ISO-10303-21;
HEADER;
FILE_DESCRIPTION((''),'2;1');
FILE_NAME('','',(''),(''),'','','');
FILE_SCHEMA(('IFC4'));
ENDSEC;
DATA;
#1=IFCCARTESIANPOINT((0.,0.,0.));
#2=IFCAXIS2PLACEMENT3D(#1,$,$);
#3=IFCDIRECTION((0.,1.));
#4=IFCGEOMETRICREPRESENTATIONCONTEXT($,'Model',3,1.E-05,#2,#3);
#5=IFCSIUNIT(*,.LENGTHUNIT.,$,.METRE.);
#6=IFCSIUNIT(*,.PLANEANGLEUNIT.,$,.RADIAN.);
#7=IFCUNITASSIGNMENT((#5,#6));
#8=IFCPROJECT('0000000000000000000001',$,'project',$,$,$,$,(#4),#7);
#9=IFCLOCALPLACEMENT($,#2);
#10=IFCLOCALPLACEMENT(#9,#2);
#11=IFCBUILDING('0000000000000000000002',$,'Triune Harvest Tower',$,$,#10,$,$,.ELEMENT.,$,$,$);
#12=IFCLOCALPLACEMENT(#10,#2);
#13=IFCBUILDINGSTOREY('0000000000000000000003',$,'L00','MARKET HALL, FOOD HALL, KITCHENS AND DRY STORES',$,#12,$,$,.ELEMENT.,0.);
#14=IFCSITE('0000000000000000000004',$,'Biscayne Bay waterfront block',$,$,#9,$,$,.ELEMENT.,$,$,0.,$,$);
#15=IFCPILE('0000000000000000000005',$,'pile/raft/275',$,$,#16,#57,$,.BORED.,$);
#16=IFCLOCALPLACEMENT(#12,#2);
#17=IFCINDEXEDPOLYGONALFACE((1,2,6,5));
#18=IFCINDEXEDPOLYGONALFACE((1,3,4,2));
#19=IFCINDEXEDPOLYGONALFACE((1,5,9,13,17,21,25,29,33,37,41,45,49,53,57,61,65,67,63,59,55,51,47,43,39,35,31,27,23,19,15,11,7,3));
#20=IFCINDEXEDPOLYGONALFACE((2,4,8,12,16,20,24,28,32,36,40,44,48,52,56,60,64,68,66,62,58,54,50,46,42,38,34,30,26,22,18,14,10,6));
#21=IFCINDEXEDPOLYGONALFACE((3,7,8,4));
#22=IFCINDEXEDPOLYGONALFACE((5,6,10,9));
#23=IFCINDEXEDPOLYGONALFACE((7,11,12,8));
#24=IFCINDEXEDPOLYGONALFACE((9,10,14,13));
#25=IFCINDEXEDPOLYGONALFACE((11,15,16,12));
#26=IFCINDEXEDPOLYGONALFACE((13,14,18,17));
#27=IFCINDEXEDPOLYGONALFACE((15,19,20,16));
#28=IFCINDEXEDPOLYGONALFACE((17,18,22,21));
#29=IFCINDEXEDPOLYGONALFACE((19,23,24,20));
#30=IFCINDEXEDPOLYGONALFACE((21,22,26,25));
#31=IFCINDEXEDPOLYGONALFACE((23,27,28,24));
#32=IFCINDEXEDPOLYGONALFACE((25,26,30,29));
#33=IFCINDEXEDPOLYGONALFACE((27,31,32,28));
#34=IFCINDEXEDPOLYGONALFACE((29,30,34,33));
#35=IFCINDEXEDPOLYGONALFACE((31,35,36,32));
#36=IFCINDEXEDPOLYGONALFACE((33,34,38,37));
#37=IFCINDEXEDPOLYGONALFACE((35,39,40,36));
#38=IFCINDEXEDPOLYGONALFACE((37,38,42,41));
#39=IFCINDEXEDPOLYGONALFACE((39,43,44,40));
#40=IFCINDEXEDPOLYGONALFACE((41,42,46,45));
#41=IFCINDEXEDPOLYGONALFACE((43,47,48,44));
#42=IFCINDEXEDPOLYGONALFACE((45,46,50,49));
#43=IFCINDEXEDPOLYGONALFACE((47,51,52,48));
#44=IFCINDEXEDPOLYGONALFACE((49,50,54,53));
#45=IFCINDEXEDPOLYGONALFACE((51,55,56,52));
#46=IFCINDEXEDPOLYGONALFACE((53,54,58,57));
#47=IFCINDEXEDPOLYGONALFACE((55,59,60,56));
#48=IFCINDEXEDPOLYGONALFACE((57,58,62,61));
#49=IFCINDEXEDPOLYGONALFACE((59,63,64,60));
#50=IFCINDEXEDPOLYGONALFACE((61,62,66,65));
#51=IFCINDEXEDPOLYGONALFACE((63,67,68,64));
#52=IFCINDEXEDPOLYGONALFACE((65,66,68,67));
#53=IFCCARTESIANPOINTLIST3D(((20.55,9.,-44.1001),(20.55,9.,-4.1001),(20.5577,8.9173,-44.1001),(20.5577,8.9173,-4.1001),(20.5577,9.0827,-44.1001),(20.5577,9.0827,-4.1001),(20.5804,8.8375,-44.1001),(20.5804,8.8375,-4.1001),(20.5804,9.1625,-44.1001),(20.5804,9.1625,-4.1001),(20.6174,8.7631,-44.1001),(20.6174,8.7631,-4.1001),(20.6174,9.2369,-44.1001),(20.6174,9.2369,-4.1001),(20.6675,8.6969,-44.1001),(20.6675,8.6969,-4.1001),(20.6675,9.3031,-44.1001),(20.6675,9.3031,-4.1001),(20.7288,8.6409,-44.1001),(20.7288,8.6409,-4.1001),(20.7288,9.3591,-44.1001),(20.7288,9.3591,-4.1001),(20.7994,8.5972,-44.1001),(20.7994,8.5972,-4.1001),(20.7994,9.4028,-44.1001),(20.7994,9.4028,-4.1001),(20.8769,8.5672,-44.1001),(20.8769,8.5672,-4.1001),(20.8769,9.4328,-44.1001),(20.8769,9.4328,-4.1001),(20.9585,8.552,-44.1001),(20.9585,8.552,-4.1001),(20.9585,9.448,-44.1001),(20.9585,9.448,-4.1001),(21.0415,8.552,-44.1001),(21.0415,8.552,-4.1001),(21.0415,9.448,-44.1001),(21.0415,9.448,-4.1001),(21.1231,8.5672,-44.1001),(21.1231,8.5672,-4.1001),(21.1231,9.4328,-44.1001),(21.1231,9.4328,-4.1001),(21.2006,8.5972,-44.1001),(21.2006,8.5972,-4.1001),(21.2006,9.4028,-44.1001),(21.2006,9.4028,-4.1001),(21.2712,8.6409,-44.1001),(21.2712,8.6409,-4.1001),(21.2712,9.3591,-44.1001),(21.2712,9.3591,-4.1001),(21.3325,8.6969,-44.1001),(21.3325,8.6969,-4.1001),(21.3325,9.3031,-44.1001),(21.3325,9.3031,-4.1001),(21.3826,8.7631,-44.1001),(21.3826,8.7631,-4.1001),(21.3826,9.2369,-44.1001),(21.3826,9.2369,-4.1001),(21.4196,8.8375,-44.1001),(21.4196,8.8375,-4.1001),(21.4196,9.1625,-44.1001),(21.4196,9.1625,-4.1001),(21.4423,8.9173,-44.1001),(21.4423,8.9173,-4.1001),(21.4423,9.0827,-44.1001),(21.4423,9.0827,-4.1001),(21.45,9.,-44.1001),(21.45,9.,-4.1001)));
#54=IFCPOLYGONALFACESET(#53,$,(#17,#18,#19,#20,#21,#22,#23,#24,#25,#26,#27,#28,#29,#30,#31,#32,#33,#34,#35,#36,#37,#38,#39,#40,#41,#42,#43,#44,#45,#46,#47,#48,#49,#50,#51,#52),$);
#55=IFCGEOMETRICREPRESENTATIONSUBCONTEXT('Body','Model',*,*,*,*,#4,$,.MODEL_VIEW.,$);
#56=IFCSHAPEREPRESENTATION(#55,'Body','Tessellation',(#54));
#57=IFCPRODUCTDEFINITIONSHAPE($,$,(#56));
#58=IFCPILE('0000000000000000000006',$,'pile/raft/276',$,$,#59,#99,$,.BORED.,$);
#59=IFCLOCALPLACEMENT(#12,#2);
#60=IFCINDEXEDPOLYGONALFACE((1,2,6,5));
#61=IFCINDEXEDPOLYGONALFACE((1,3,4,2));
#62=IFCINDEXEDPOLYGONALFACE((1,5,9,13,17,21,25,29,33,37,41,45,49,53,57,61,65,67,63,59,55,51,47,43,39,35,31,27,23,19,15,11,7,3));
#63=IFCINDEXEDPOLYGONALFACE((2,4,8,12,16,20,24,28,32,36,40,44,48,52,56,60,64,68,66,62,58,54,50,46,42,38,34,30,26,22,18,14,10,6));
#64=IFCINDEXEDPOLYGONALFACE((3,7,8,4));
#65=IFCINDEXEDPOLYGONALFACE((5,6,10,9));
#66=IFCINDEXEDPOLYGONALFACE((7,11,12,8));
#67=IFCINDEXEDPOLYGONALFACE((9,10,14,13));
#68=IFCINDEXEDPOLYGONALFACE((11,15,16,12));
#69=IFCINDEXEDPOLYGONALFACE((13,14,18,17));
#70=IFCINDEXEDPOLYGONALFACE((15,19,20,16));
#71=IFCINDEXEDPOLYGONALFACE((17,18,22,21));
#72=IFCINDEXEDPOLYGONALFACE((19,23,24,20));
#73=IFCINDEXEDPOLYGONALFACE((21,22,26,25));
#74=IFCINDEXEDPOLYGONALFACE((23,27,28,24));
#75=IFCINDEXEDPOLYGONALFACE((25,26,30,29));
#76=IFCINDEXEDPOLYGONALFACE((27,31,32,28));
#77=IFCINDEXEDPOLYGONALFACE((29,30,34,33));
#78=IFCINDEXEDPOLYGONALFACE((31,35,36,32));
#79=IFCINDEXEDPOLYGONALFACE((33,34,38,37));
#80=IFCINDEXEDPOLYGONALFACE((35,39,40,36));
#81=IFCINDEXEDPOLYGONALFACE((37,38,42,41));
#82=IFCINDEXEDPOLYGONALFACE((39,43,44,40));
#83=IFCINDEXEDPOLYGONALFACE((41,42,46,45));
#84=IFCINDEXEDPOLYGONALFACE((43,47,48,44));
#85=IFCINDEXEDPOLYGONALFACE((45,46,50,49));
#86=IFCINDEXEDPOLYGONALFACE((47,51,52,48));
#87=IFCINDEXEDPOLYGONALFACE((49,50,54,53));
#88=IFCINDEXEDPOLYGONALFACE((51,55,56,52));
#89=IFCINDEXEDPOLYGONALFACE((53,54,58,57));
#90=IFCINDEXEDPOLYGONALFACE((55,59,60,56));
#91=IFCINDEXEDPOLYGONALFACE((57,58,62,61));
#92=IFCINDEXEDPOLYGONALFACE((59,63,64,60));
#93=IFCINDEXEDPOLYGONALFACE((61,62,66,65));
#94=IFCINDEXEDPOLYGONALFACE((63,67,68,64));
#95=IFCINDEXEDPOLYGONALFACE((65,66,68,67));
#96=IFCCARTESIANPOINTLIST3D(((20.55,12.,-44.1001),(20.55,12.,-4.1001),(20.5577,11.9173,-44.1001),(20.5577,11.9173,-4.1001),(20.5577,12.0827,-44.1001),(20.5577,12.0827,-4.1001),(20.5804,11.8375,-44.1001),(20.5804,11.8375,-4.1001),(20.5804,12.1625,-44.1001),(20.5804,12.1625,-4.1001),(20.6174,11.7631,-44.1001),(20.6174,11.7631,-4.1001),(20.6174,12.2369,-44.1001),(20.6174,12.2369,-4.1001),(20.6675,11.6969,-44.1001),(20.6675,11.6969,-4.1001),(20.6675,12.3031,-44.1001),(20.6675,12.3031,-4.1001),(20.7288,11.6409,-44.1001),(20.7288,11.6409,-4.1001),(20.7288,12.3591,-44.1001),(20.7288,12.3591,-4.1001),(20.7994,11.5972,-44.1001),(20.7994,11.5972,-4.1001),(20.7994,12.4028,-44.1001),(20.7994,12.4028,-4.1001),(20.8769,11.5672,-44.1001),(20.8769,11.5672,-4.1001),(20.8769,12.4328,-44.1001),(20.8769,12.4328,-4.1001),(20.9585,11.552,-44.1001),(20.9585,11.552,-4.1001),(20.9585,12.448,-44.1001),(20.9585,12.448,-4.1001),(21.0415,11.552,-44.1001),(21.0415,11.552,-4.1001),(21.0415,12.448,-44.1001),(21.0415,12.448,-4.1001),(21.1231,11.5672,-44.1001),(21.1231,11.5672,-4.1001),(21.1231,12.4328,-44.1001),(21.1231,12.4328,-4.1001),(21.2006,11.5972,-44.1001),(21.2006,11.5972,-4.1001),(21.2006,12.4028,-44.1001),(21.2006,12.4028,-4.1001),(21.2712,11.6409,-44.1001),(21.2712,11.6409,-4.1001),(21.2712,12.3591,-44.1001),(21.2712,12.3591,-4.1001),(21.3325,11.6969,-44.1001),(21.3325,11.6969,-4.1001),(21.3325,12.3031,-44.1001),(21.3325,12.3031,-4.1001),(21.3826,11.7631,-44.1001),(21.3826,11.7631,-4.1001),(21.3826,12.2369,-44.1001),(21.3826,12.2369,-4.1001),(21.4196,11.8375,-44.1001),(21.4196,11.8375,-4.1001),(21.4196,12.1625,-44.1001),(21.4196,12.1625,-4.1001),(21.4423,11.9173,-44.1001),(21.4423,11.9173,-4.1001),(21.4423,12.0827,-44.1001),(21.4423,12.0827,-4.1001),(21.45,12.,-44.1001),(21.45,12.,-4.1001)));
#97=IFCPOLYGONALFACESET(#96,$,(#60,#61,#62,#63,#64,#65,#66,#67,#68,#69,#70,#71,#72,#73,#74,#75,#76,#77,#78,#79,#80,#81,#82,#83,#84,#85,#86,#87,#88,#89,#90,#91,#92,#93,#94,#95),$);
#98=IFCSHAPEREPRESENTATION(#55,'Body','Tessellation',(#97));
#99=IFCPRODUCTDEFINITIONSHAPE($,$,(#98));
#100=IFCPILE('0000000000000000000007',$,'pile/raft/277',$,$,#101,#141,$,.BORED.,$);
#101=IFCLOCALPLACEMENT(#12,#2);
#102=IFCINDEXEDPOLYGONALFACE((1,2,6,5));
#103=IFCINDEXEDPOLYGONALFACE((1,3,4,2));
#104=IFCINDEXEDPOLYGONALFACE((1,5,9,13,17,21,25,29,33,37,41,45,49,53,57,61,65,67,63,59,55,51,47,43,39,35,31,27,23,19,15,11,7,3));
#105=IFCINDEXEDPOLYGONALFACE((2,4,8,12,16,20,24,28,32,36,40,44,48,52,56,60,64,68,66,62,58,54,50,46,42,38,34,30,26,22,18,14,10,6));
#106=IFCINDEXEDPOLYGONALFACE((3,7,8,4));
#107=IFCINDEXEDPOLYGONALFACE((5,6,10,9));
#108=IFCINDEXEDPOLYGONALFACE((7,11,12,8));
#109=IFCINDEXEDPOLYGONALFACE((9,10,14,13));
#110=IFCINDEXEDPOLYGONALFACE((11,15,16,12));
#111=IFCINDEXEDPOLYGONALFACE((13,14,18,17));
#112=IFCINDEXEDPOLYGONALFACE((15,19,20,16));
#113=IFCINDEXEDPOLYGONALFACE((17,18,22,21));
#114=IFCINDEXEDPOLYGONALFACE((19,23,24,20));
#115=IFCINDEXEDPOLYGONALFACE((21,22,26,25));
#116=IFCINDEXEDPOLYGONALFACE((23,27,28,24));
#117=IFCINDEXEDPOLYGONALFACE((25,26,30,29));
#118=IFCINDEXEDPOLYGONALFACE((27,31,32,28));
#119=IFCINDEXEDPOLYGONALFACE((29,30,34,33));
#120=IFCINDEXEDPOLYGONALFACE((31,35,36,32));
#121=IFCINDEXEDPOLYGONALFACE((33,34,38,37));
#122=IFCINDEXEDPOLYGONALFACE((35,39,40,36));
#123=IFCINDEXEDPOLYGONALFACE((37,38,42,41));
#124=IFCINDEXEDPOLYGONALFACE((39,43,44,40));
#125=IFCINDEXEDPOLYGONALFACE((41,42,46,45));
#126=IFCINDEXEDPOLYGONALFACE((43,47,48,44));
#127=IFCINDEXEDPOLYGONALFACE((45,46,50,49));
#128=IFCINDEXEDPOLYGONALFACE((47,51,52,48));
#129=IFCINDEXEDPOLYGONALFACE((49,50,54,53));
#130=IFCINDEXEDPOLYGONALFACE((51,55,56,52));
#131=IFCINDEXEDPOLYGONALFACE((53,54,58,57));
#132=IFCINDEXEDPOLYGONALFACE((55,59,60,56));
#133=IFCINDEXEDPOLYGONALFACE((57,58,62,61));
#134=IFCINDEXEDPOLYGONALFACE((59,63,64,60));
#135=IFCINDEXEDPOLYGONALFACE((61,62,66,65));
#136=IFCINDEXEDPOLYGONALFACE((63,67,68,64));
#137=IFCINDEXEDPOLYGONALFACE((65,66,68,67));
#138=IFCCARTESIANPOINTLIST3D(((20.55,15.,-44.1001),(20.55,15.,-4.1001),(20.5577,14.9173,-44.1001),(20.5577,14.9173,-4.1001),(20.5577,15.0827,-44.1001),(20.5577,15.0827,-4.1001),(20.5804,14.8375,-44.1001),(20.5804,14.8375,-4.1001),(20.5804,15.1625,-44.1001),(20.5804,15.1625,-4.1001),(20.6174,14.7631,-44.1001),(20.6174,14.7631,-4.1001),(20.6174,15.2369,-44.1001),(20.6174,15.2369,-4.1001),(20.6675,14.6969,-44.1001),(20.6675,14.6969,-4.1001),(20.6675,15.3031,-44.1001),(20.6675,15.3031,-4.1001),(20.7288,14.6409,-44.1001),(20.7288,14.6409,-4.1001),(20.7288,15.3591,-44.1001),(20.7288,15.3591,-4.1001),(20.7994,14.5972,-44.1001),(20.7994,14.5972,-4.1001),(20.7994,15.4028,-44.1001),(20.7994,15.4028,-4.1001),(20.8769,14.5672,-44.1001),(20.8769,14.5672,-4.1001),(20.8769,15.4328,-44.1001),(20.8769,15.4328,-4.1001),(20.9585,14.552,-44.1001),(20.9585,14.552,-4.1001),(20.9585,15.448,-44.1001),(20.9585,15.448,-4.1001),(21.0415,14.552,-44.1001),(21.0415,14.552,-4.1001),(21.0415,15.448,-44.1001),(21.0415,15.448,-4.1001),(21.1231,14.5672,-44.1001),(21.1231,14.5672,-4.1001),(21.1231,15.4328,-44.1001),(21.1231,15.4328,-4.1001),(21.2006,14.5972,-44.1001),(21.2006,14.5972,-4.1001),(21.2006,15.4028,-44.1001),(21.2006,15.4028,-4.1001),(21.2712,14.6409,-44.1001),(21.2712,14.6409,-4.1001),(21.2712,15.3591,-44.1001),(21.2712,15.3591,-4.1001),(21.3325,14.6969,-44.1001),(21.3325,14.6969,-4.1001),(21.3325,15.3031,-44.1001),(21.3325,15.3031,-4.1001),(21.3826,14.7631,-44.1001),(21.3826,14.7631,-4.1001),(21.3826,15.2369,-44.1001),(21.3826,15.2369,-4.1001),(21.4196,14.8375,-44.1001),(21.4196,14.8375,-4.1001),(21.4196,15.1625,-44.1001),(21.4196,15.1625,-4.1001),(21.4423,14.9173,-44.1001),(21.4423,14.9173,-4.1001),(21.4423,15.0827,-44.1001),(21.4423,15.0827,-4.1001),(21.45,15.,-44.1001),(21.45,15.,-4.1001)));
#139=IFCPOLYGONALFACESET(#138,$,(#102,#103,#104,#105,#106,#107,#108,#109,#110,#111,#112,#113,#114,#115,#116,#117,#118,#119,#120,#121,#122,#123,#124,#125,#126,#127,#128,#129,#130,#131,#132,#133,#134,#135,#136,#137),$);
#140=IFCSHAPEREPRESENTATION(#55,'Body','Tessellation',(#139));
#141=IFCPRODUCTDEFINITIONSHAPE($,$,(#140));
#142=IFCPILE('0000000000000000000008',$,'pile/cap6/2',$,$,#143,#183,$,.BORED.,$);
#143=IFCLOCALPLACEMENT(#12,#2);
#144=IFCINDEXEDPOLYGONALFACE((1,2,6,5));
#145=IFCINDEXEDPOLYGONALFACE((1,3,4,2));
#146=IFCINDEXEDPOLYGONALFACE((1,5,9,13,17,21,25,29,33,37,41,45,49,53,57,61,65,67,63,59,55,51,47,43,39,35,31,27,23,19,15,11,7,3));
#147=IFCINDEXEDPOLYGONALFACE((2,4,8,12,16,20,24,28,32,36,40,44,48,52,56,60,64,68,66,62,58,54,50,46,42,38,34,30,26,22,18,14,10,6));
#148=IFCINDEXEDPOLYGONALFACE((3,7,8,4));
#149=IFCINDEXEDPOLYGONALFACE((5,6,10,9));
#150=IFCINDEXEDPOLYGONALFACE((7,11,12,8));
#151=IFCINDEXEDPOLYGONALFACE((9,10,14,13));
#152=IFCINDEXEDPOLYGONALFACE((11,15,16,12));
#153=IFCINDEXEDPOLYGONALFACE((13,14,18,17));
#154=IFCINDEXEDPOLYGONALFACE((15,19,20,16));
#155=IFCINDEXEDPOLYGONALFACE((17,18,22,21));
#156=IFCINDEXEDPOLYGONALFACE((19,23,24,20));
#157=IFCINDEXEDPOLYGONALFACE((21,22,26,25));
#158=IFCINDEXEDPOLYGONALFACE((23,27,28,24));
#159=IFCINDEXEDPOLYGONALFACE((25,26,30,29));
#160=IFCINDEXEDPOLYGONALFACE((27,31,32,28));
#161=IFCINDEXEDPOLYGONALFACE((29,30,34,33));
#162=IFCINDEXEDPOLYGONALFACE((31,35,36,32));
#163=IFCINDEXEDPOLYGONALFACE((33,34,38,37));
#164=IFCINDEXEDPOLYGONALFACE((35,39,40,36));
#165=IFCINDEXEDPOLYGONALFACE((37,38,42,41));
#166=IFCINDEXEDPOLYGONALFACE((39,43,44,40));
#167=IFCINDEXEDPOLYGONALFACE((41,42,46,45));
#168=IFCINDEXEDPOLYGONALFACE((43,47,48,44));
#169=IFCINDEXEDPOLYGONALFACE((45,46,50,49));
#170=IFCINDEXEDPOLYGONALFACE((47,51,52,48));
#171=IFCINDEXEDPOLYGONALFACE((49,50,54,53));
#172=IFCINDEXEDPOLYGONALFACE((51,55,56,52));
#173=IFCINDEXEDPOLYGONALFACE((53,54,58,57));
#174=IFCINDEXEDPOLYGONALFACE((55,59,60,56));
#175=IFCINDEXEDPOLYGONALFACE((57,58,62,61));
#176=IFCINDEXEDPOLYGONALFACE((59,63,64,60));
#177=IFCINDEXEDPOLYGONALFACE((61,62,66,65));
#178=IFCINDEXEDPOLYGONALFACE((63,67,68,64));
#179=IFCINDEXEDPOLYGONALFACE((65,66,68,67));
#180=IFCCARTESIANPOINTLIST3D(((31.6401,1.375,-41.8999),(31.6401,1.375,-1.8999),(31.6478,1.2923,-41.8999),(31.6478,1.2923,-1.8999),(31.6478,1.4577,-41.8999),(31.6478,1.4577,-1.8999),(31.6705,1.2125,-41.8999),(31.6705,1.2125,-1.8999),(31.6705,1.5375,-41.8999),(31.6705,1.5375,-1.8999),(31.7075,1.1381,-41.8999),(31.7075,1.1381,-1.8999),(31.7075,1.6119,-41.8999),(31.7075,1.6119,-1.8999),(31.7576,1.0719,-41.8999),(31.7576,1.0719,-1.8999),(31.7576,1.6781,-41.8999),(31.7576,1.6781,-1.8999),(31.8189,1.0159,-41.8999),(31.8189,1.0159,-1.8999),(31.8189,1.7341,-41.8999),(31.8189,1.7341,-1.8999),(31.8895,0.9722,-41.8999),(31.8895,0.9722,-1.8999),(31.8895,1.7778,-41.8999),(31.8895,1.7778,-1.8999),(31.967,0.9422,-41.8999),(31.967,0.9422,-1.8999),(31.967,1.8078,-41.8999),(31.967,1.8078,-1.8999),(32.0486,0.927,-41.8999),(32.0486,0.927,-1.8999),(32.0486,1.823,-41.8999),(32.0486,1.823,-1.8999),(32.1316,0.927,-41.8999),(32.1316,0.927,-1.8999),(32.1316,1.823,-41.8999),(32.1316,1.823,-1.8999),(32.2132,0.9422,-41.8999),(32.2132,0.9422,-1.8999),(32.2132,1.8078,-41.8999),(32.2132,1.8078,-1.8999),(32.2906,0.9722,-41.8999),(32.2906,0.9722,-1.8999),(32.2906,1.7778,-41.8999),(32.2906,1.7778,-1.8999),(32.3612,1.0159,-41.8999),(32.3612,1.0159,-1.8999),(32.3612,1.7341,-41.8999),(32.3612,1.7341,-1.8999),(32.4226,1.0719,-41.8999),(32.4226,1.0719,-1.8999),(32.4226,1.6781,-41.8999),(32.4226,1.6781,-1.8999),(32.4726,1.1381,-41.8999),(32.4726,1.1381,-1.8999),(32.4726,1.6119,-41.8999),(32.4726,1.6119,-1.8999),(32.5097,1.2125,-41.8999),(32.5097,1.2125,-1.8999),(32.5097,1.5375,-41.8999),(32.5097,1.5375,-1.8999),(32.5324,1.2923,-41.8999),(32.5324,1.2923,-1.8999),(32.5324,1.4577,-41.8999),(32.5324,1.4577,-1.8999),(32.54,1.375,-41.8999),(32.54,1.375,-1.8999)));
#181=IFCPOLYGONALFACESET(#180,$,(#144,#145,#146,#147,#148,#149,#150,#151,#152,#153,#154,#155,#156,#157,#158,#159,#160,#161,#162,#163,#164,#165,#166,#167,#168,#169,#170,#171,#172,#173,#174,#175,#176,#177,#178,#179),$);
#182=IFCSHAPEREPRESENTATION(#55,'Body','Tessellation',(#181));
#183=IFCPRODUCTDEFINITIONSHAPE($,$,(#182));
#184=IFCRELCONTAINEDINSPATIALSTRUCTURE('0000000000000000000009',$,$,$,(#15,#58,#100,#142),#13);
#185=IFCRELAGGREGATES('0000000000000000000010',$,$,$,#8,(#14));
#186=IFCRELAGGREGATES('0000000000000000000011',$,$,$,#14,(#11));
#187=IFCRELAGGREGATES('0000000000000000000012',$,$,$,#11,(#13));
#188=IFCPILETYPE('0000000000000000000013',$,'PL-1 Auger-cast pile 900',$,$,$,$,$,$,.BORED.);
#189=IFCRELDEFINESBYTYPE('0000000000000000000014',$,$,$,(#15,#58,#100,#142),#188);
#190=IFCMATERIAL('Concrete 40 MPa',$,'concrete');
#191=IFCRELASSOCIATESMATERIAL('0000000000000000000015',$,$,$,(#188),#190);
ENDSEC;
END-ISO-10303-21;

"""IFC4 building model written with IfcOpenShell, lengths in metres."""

from ifc_helpers import new_model, si_unit, direction, frame, origin, origin_2d, place, context, subcontext, project, spatial, circle, extrude, source, transform, mapped, material, material_profile, profile_set, type_object, element, save


model = new_model("IFC4")

# Units and contexts
model_context = context("Model", 3, precision=1e-05, world=origin(), true_north=direction((0.0, 1.0)))
body_context = subcontext(model_context, "Body", "Model", "MODEL_VIEW")
ifc_project = project(units=[si_unit("LENGTHUNIT", "METRE"), si_unit("PLANEANGLEUNIT", "RADIAN")], contexts=[model_context])

# Site, building, storey
site_placement = place(None, origin())
site = spatial("IfcSite", under=ifc_project, at=site_placement, Name="Biscayne Bay waterfront block", CompositionType="ELEMENT", RefElevation=0.0)
building_placement = place(site_placement, origin())
building = spatial("IfcBuilding", under=site, at=building_placement, Name="Triune Harvest Tower", CompositionType="ELEMENT")
storey_placement = place(building_placement, origin())
storey = spatial("IfcBuildingStorey", under=building, at=storey_placement, Name="L00", Description="MARKET HALL, FOOD HALL, KITCHENS AND DRY STORES", CompositionType="ELEMENT", Elevation=0.0)

# Piles
ifc_material_1 = material(Name="Concrete 40 MPa", Category="concrete")
ifc_material_profile_1 = material_profile(ifc_material_1, circle(Radius=0.45, at=origin_2d()), Name="Bored 900")
ifc_profile_set_1 = profile_set([ifc_material_profile_1], Name="Concrete 40 MPa")
pile_type = type_object("IfcPileType", Name="PL-1 Auger-cast pile 900", PredefinedType="BORED", material=ifc_profile_set_1)
shared_shape_1 = source(origin(), body_context, "Body", "SweptSolid", [
    extrude(circle(Radius=0.45, at=origin_2d()), origin(), (0.0, 0.0, 1.0), 40.0),
])
for number, where, z_axis, x_axis, name in (
    (1, (21.0, 9.0, -4.1001), (0.0, 0.0, -1.0), (1.0, 0.0, 0.0), "pile/raft/275"),
    (2, (21.0, 12.0, -4.1001), (0.0, 0.0, -1.0), (1.0, 0.0, 0.0), "pile/raft/276"),
    (3, (21.0, 15.0, -4.1001), (0.0, 0.0, -1.0), (1.0, 0.0, 0.0), "pile/raft/277"),
    (4, (32.0901, 1.375, -1.8999), (0.0, 0.0, -1.0), (1.0, 0.0, 0.0), "pile/cap6/2"),
):
    element("IfcPile", number, at=place(storey_placement, frame(where, z_axis=z_axis, x_axis=x_axis)), inside=storey, type_object=pile_type, Name=name, PredefinedType="BORED", context=body_context, shape_type="MappedRepresentation", body=[
        mapped(shared_shape_1, transform((0.0, 0.0, 0.0), scale=1.0)),
    ])

save(model, "model.ifc")
